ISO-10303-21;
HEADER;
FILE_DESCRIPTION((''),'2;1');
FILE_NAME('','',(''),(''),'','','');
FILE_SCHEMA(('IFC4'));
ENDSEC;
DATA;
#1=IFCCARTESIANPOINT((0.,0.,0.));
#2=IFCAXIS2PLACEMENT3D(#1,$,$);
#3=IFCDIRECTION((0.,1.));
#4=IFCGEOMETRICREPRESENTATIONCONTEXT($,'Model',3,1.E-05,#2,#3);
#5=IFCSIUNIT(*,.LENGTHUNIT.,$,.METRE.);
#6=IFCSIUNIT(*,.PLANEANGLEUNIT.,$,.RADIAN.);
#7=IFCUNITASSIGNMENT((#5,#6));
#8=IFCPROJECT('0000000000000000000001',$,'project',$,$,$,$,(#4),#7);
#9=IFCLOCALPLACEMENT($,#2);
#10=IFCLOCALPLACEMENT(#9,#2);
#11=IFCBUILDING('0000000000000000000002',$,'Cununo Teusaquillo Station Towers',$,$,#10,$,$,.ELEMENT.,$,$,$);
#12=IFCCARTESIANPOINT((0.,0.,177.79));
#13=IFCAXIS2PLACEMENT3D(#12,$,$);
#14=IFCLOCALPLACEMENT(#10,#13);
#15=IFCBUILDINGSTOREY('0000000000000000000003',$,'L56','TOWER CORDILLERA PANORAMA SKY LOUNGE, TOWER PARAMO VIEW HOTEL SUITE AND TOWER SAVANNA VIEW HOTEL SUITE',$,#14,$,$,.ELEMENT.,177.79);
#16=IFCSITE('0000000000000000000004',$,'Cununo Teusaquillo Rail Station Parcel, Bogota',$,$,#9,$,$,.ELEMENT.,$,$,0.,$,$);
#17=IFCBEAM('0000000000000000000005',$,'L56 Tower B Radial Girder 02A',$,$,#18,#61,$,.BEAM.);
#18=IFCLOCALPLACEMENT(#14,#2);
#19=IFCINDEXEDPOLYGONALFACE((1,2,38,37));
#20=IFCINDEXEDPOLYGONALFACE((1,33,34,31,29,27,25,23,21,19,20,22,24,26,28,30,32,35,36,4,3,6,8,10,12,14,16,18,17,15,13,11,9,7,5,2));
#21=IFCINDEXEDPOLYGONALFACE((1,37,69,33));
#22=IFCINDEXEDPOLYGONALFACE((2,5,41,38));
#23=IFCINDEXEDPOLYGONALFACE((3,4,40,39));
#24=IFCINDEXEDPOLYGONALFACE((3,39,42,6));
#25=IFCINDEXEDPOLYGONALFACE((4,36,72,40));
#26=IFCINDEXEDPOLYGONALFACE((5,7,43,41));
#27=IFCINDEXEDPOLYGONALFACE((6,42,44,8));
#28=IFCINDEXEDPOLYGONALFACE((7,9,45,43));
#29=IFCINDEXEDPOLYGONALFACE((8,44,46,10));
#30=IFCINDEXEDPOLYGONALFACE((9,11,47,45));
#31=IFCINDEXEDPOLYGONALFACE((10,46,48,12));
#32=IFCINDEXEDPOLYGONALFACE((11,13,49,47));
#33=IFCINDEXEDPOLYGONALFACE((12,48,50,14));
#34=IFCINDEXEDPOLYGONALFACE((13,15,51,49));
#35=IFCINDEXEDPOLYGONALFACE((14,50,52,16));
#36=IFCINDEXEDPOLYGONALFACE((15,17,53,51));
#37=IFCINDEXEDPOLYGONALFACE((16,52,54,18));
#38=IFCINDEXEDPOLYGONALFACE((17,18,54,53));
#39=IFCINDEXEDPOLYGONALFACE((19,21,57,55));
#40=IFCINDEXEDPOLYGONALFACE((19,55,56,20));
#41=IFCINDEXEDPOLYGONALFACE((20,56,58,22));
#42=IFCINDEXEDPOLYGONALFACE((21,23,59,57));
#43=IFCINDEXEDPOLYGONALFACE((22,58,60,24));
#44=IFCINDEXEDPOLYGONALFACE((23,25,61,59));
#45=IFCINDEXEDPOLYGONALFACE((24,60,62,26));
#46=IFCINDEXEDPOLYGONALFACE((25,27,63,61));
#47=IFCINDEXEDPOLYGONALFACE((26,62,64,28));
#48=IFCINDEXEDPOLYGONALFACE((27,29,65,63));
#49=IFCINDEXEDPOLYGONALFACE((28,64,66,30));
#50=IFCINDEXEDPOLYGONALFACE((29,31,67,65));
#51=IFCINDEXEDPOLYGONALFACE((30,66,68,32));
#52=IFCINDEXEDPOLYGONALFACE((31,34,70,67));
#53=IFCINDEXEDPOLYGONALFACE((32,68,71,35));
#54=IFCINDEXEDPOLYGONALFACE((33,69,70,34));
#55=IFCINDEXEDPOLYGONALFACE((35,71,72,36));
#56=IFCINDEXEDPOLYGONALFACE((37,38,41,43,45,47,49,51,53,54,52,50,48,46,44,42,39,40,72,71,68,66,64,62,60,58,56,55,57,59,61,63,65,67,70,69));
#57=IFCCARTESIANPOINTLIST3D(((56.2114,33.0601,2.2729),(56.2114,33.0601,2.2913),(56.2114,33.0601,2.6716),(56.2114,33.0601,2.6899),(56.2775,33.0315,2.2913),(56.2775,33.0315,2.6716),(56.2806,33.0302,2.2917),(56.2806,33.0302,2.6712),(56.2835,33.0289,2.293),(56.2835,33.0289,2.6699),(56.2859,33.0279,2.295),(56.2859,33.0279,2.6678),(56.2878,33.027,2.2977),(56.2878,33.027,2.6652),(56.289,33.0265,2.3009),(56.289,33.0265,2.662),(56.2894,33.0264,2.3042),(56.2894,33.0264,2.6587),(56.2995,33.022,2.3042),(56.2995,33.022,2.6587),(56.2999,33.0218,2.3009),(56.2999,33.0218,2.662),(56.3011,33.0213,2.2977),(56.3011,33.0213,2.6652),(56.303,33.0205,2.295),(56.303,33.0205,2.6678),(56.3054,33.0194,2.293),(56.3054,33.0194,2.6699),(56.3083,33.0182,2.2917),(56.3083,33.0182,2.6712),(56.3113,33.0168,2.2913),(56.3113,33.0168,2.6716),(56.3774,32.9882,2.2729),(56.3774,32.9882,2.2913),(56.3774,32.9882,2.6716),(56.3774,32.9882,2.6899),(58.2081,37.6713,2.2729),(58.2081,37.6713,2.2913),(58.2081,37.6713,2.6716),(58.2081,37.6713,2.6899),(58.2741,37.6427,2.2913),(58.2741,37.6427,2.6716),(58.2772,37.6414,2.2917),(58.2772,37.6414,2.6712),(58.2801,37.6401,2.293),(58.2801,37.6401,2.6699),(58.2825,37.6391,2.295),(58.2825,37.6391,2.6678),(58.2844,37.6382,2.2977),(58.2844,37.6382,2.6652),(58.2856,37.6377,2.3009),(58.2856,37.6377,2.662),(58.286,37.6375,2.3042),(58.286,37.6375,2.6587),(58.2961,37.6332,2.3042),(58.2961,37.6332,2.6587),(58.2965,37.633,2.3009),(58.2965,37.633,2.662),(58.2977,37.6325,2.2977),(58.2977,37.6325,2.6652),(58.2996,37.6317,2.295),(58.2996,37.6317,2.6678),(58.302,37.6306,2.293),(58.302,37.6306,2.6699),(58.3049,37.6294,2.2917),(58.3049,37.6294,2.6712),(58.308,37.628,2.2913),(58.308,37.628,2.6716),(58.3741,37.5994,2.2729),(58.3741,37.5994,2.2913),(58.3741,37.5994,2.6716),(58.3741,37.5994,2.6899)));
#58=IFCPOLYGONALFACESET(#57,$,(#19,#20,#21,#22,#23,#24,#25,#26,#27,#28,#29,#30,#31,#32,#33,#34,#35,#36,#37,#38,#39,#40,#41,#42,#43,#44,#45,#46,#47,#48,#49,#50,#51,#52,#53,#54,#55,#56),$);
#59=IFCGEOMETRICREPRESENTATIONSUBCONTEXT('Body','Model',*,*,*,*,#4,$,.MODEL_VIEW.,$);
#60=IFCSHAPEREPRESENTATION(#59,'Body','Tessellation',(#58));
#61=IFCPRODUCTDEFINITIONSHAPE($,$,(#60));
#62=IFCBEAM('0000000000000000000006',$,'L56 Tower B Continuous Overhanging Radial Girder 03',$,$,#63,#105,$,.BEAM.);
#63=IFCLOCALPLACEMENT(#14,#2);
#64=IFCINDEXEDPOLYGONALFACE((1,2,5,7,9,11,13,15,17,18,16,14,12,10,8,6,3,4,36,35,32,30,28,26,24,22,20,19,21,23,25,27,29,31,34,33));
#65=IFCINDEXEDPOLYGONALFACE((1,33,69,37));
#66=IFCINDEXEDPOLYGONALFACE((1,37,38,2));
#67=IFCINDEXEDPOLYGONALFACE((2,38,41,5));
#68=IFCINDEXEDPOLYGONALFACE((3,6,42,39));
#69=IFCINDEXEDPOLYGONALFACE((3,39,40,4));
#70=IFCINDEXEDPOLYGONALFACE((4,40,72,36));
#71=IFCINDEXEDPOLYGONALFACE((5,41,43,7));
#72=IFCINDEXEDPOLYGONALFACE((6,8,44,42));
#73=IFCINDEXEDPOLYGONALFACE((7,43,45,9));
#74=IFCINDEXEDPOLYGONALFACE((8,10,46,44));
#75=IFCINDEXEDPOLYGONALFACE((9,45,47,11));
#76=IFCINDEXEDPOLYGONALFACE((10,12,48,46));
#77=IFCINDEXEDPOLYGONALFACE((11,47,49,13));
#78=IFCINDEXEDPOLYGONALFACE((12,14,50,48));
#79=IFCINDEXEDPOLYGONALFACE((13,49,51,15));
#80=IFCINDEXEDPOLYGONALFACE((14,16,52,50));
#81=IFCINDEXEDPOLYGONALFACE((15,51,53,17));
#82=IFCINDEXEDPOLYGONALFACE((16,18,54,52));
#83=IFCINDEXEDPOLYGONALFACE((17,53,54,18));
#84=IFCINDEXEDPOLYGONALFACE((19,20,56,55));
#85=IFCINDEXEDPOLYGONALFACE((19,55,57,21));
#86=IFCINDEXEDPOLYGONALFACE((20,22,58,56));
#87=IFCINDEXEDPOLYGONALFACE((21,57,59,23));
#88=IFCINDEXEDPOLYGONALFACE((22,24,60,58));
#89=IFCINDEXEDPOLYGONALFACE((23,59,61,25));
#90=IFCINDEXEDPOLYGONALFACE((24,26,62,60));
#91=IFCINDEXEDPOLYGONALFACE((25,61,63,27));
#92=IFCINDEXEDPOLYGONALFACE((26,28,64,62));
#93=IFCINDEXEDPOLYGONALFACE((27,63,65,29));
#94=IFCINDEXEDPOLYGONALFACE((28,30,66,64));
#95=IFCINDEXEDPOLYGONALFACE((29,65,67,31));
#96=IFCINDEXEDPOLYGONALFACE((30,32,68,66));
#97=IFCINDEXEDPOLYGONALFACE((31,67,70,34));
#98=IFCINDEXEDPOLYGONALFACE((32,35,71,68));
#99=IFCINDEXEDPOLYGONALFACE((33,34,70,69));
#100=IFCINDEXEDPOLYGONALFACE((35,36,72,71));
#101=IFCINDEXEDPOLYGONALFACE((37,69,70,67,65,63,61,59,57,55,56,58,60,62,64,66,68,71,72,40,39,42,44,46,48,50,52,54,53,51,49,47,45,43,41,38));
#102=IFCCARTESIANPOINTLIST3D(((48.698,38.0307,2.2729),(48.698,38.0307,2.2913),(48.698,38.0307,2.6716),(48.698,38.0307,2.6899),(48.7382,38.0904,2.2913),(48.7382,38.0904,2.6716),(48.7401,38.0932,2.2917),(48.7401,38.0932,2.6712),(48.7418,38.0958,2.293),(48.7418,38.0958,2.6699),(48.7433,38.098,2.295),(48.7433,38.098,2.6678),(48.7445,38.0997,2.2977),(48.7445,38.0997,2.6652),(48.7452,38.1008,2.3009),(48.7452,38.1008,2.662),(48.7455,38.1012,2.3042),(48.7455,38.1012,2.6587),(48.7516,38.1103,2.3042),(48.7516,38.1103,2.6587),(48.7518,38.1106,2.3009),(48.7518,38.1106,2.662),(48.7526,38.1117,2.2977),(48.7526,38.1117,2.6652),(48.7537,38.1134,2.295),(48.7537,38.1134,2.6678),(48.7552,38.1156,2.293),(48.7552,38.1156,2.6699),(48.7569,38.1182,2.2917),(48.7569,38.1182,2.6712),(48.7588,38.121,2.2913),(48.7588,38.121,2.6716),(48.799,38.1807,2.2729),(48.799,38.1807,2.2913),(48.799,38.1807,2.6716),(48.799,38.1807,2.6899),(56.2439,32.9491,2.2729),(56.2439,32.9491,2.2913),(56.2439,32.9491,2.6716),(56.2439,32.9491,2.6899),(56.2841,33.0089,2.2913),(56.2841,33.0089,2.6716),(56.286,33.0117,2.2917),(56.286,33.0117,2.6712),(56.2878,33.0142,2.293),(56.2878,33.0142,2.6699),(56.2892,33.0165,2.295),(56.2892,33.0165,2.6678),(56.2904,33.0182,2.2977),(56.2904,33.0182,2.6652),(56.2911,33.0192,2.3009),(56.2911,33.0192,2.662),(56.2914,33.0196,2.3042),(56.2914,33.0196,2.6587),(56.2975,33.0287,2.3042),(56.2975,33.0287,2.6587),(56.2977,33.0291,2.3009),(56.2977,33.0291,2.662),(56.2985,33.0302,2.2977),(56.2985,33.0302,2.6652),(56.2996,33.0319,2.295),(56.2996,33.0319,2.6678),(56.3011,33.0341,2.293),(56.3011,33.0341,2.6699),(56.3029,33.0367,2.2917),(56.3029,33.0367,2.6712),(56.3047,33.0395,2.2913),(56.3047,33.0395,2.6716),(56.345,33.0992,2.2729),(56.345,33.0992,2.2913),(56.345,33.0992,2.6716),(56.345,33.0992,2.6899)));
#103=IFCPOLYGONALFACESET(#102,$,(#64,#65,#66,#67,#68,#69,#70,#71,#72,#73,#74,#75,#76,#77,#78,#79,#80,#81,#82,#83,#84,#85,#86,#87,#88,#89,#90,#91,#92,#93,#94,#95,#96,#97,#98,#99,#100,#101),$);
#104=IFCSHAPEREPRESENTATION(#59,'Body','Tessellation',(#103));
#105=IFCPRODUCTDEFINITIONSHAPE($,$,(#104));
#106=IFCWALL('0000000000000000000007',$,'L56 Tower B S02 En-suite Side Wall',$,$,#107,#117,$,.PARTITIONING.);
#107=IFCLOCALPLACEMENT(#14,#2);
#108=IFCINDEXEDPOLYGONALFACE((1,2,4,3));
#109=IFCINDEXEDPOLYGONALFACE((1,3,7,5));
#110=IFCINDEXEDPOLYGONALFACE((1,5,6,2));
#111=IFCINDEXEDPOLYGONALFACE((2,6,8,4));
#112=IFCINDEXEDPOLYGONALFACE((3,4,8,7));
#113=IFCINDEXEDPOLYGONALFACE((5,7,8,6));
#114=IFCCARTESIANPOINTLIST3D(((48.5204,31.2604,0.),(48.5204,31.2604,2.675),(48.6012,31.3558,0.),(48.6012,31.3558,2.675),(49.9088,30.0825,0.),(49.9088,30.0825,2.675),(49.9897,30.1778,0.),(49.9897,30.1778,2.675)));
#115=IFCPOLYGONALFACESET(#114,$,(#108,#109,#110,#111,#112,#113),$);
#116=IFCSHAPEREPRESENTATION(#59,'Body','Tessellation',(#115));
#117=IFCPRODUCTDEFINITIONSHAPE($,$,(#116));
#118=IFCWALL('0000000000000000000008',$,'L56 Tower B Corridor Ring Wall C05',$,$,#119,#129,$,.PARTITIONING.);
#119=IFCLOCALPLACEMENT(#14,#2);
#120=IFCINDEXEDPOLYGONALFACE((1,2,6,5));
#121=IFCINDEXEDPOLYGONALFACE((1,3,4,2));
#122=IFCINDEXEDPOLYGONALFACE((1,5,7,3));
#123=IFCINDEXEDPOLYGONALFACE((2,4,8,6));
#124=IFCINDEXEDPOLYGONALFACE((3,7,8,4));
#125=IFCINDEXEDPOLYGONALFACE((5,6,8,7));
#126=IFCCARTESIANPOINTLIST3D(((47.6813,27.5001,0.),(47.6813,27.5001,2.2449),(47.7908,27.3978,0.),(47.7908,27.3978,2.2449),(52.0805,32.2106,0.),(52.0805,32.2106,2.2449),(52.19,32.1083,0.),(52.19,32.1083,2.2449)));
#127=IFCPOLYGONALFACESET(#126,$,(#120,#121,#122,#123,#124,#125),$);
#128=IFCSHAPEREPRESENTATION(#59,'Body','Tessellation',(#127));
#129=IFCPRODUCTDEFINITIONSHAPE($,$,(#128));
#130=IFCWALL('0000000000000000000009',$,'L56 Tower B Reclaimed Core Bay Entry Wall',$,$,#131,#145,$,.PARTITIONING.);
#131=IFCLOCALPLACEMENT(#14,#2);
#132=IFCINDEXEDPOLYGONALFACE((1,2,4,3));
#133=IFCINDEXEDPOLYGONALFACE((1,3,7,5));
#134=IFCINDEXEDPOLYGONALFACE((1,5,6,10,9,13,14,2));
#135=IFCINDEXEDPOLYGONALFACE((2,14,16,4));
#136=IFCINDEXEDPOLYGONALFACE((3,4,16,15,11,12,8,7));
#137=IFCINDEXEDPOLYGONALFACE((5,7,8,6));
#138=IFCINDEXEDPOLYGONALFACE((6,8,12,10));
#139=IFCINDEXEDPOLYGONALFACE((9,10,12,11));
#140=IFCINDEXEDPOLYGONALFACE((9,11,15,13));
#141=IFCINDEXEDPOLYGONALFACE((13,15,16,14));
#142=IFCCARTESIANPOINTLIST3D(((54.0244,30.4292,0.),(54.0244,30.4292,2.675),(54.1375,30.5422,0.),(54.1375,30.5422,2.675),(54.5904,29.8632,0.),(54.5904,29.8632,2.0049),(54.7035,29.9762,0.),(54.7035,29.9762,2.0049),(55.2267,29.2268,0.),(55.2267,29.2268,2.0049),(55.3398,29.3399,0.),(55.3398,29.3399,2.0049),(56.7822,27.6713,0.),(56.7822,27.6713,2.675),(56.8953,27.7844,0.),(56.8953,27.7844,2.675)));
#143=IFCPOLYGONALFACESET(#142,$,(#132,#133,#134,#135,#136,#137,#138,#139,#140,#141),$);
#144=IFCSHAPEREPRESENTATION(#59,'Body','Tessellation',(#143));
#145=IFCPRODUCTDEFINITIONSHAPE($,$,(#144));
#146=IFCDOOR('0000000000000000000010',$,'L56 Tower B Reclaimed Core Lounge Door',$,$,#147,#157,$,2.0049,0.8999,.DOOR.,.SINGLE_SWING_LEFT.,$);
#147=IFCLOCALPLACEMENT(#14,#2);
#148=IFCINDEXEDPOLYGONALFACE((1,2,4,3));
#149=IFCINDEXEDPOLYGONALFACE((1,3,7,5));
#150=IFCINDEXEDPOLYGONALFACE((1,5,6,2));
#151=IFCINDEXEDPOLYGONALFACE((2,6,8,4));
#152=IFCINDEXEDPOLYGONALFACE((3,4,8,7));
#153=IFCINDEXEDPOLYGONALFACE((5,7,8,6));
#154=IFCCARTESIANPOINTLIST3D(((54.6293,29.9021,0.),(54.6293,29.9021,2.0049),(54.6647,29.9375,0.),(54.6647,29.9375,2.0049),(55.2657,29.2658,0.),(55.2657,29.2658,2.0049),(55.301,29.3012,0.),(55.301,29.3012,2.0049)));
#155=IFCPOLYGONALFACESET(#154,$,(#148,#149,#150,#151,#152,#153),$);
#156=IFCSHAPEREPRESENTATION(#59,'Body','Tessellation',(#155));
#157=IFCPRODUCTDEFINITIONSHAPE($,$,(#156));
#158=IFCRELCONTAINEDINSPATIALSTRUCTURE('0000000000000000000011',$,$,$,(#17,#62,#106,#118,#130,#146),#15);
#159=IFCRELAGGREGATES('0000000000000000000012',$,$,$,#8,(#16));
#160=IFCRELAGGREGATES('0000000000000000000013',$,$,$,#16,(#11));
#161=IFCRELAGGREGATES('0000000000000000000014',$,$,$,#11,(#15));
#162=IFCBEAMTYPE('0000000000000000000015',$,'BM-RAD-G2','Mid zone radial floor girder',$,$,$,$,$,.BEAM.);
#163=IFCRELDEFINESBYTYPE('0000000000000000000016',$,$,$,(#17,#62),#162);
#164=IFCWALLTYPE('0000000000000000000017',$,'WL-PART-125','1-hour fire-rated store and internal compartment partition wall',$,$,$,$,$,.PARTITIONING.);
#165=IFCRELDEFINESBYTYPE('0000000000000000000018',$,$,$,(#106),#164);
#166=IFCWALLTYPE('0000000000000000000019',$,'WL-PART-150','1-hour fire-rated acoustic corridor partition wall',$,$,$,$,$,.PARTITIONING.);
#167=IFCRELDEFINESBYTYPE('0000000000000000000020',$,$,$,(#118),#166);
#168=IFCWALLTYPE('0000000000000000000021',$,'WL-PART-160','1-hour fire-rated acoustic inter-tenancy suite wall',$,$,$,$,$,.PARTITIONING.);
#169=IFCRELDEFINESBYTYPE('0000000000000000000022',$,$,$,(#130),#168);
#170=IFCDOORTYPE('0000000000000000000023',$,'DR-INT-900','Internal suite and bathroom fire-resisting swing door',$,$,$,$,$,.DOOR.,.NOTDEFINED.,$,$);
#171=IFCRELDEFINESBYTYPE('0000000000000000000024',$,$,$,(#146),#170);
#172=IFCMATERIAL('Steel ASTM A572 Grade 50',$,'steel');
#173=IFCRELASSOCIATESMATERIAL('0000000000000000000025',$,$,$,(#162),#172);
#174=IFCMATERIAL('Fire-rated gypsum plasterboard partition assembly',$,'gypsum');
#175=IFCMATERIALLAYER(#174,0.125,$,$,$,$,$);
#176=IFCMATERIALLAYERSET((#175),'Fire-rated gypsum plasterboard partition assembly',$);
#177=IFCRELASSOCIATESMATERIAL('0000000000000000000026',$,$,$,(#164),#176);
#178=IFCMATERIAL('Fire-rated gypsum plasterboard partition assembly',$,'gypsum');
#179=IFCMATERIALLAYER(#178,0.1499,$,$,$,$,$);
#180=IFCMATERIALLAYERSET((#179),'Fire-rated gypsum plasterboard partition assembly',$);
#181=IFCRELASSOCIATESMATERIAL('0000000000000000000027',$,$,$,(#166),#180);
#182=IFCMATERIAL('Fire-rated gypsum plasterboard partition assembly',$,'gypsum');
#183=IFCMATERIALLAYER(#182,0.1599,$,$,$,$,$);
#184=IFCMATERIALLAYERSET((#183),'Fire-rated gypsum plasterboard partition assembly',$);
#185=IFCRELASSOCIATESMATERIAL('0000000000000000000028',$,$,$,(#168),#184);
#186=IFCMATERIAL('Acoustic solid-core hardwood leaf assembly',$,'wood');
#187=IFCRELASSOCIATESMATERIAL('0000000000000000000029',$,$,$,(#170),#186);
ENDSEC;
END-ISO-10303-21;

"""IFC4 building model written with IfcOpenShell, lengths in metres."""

from ifc_helpers import new_model, si_unit, direction, frame, frame_2d, origin, origin_2d, place, context, subcontext, project, spatial, rectangle, i_section, extrude, source, transform, mapped, material, layer, layer_set, material_profile, profile_set, type_object, element, fill, save


model = new_model("IFC4")

# Units and contexts
model_context = context("Model", 3, precision=1e-05, world=origin(), true_north=direction((0.0, 1.0)))
body_context = subcontext(model_context, "Body", "Model", "MODEL_VIEW")
ifc_project = project(units=[si_unit("LENGTHUNIT", "METRE"), si_unit("PLANEANGLEUNIT", "RADIAN")], contexts=[model_context])

# Site, building, storey
site_placement = place(None, origin())
site = spatial("IfcSite", under=ifc_project, at=site_placement, Name="Cununo Teusaquillo Rail Station Parcel, Bogota", CompositionType="ELEMENT", RefElevation=0.0)
building_placement = place(site_placement, origin())
building = spatial("IfcBuilding", under=site, at=building_placement, Name="Cununo Teusaquillo Station Towers", CompositionType="ELEMENT")
storey_placement = place(building_placement, frame((0.0, 0.0, 177.79)))
storey = spatial("IfcBuildingStorey", under=building, at=storey_placement, Name="L56", Description="TOWER CORDILLERA PANORAMA SKY LOUNGE, TOWER PARAMO VIEW HOTEL SUITE AND TOWER SAVANNA VIEW HOTEL SUITE", CompositionType="ELEMENT", Elevation=177.79)

# Beams
ifc_material_1 = material(Name="Steel ASTM A572 Grade 50", Category="steel")
ifc_material_profile_1 = material_profile(ifc_material_1, i_section(OverallWidth=0.1809, OverallDepth=0.417, WebThickness=0.011, FlangeThickness=0.0183, FilletRadius=0.0129, at=origin_2d()), Name="W16X57")
ifc_profile_set_1 = profile_set([ifc_material_profile_1], Name="Steel ASTM A572 Grade 50")
beam_type_1 = type_object("IfcBeamType", Name="BM-RAD-G2", Description="Mid zone radial floor girder", PredefinedType="BEAM", material=ifc_profile_set_1)
beam_1_placement = place(storey_placement, frame((56.2944, 33.0242, 2.4814), z_axis=(0.397347, 0.917668, 0.0), x_axis=(-0.917668, 0.397347, 0.0)))
element("IfcBeam", 1, at=beam_1_placement, inside=storey, type_object=beam_type_1, Name="L56 Tower B Radial Girder 02A", PredefinedType="BEAM", context=body_context, shape_type="SweptSolid", body=[
    extrude(i_section(OverallWidth=0.1809, OverallDepth=0.417, WebThickness=0.011, FlangeThickness=0.0183, FilletRadius=0.0129, at=origin_2d()), origin(), (0.0, 0.0, 1.0), 5.0249),
])
beam_2_placement = place(storey_placement, frame((56.2944, 33.0242, 2.4814), z_axis=(-0.829457, 0.558571, 0.0), x_axis=(-0.558571, -0.829457, 0.0)))
element("IfcBeam", 2, at=beam_2_placement, inside=storey, type_object=beam_type_1, Name="L56 Tower B Continuous Overhanging Radial Girder 03", PredefinedType="BEAM", context=body_context, shape_type="SweptSolid", body=[
    extrude(i_section(OverallWidth=0.1809, OverallDepth=0.417, WebThickness=0.011, FlangeThickness=0.0183, FilletRadius=0.0129, at=origin_2d()), origin(), (0.0, 0.0, 1.0), 9.0974),
])

# Walls
ifc_material_2 = material(Name="Fire-rated gypsum plasterboard partition assembly", Category="gypsum")
ifc_layer_1 = layer(ifc_material_2, 0.125)
ifc_layer_set_1 = layer_set([ifc_layer_1], Name="Fire-rated gypsum plasterboard partition assembly")
wall_type_1 = type_object("IfcWallType", Name="WL-PART-125", Description="1-hour fire-rated store and internal compartment partition wall", PredefinedType="PARTITIONING", material=ifc_layer_set_1)
wall_1_placement = place(storey_placement, frame((49.9492, 30.1301, 0.0), z_axis=(0.0, 0.0, 1.0), x_axis=(-0.762531, 0.646951, 0.0)))
element("IfcWall", 3, at=wall_1_placement, inside=storey, type_object=wall_type_1, Name="L56 Tower B S02 En-suite Side Wall", PredefinedType="PARTITIONING", context=body_context, shape_type="SweptSolid", body=[
    extrude(rectangle(XDim=1.8208, YDim=0.125, at=frame_2d((0.9104, 0.0))), origin(), (0.0, 0.0, 1.0), 2.675),
])
ifc_material_3 = material(Name="Fire-rated gypsum plasterboard partition assembly", Category="gypsum")
ifc_layer_2 = layer(ifc_material_3, 0.1499)
ifc_layer_set_2 = layer_set([ifc_layer_2], Name="Fire-rated gypsum plasterboard partition assembly")
wall_type_2 = type_object("IfcWallType", Name="WL-PART-150", Description="1-hour fire-rated acoustic corridor partition wall", PredefinedType="PARTITIONING", material=ifc_layer_set_2)
wall_2_placement = place(storey_placement, frame((52.1353, 32.1594, 0.0), z_axis=(0.0, 0.0, 1.0), x_axis=(-0.682546, -0.730842, 0.0)))
element("IfcWall", 4, at=wall_2_placement, inside=storey, type_object=wall_type_2, Name="L56 Tower B Corridor Ring Wall C05", PredefinedType="PARTITIONING", context=body_context, shape_type="SweptSolid", body=[
    extrude(rectangle(XDim=6.4453, YDim=0.1499, at=frame_2d((3.2227, 0.0))), origin(), (0.0, 0.0, 1.0), 2.2449),
])

# Wall, opening, door
ifc_material_4 = material(Name="Fire-rated gypsum plasterboard partition assembly", Category="gypsum")
ifc_layer_3 = layer(ifc_material_4, 0.1599)
ifc_layer_set_3 = layer_set([ifc_layer_3], Name="Fire-rated gypsum plasterboard partition assembly")
wall_type_3 = type_object("IfcWallType", Name="WL-PART-160", Description="1-hour fire-rated acoustic inter-tenancy suite wall", PredefinedType="PARTITIONING", material=ifc_layer_set_3)
wall_3_placement = place(storey_placement, frame((56.8389, 27.7278, 0.0), z_axis=(0.0, 0.0, 1.0), x_axis=(-0.707107, 0.707107, 0.0)))
wall_3 = element("IfcWall", 5, at=wall_3_placement, inside=storey, type_object=wall_type_3, Name="L56 Tower B Reclaimed Core Bay Entry Wall", PredefinedType="PARTITIONING", context=body_context, shape_type="SweptSolid", body=[
    extrude(rectangle(XDim=3.9001, YDim=0.1599, at=frame_2d((1.9502, 0.0))), origin(), (0.0, 0.0, 1.0), 2.675),
])
shared_shape_1 = source(origin(), body_context, "Body", "SweptSolid", [
    extrude(rectangle(XDim=0.8999, YDim=2.0049, at=frame_2d((0.45, 1.0024))), frame((0.0, 0.0898, 0.0), z_axis=(0.0, -1.0, 0.0), x_axis=(1.0, 0.0, 0.0)), (0.0, 0.0, 1.0), 0.1799),
])
opening_1_placement = place(wall_3_placement, frame((2.2, 0.0, 0.0)))
opening_1 = element("IfcOpeningElement", 6, at=opening_1_placement, cuts=wall_3, PredefinedType="OPENING", context=body_context, shape_type="MappedRepresentation", body=[
    mapped(shared_shape_1, transform((0.0, 0.0, 0.0), x_axis=(1.0, 0.0, 0.0), y_axis=(0.0, 1.0, 0.0), z_axis=(0.0, 0.0, 1.0), scale=1.0)),
])
ifc_material_5 = material(Name="Acoustic solid-core hardwood leaf assembly", Category="wood")
door_type_1 = type_object("IfcDoorType", Name="DR-INT-900", Description="Internal suite and bathroom fire-resisting swing door", OperationType="NOTDEFINED", PredefinedType="DOOR", material=ifc_material_5)
shared_shape_2 = source(origin(), body_context, "Body", "SweptSolid", [
    extrude(rectangle(XDim=0.8999, YDim=2.0049, at=frame_2d((0.45, 1.0024))), frame((0.0, 0.0249, 0.0), z_axis=(0.0, -1.0, 0.0), x_axis=(1.0, 0.0, 0.0)), (0.0, 0.0, 1.0), 0.05),
])
door_1_placement = place(opening_1_placement, origin())
door_1 = element("IfcDoor", 7, at=door_1_placement, inside=storey, type_object=door_type_1, Name="L56 Tower B Reclaimed Core Lounge Door", OperationType="SINGLE_SWING_LEFT", OverallHeight=2.0049, OverallWidth=0.8999, PredefinedType="DOOR", context=body_context, shape_type="MappedRepresentation", body=[
    mapped(shared_shape_2, transform((0.0, 0.0, 0.0), x_axis=(1.0, 0.0, 0.0), y_axis=(0.0, 1.0, 0.0), z_axis=(0.0, 0.0, 1.0), scale=1.0)),
])
fill(opening_1, door_1)

save(model, "model.ifc")
